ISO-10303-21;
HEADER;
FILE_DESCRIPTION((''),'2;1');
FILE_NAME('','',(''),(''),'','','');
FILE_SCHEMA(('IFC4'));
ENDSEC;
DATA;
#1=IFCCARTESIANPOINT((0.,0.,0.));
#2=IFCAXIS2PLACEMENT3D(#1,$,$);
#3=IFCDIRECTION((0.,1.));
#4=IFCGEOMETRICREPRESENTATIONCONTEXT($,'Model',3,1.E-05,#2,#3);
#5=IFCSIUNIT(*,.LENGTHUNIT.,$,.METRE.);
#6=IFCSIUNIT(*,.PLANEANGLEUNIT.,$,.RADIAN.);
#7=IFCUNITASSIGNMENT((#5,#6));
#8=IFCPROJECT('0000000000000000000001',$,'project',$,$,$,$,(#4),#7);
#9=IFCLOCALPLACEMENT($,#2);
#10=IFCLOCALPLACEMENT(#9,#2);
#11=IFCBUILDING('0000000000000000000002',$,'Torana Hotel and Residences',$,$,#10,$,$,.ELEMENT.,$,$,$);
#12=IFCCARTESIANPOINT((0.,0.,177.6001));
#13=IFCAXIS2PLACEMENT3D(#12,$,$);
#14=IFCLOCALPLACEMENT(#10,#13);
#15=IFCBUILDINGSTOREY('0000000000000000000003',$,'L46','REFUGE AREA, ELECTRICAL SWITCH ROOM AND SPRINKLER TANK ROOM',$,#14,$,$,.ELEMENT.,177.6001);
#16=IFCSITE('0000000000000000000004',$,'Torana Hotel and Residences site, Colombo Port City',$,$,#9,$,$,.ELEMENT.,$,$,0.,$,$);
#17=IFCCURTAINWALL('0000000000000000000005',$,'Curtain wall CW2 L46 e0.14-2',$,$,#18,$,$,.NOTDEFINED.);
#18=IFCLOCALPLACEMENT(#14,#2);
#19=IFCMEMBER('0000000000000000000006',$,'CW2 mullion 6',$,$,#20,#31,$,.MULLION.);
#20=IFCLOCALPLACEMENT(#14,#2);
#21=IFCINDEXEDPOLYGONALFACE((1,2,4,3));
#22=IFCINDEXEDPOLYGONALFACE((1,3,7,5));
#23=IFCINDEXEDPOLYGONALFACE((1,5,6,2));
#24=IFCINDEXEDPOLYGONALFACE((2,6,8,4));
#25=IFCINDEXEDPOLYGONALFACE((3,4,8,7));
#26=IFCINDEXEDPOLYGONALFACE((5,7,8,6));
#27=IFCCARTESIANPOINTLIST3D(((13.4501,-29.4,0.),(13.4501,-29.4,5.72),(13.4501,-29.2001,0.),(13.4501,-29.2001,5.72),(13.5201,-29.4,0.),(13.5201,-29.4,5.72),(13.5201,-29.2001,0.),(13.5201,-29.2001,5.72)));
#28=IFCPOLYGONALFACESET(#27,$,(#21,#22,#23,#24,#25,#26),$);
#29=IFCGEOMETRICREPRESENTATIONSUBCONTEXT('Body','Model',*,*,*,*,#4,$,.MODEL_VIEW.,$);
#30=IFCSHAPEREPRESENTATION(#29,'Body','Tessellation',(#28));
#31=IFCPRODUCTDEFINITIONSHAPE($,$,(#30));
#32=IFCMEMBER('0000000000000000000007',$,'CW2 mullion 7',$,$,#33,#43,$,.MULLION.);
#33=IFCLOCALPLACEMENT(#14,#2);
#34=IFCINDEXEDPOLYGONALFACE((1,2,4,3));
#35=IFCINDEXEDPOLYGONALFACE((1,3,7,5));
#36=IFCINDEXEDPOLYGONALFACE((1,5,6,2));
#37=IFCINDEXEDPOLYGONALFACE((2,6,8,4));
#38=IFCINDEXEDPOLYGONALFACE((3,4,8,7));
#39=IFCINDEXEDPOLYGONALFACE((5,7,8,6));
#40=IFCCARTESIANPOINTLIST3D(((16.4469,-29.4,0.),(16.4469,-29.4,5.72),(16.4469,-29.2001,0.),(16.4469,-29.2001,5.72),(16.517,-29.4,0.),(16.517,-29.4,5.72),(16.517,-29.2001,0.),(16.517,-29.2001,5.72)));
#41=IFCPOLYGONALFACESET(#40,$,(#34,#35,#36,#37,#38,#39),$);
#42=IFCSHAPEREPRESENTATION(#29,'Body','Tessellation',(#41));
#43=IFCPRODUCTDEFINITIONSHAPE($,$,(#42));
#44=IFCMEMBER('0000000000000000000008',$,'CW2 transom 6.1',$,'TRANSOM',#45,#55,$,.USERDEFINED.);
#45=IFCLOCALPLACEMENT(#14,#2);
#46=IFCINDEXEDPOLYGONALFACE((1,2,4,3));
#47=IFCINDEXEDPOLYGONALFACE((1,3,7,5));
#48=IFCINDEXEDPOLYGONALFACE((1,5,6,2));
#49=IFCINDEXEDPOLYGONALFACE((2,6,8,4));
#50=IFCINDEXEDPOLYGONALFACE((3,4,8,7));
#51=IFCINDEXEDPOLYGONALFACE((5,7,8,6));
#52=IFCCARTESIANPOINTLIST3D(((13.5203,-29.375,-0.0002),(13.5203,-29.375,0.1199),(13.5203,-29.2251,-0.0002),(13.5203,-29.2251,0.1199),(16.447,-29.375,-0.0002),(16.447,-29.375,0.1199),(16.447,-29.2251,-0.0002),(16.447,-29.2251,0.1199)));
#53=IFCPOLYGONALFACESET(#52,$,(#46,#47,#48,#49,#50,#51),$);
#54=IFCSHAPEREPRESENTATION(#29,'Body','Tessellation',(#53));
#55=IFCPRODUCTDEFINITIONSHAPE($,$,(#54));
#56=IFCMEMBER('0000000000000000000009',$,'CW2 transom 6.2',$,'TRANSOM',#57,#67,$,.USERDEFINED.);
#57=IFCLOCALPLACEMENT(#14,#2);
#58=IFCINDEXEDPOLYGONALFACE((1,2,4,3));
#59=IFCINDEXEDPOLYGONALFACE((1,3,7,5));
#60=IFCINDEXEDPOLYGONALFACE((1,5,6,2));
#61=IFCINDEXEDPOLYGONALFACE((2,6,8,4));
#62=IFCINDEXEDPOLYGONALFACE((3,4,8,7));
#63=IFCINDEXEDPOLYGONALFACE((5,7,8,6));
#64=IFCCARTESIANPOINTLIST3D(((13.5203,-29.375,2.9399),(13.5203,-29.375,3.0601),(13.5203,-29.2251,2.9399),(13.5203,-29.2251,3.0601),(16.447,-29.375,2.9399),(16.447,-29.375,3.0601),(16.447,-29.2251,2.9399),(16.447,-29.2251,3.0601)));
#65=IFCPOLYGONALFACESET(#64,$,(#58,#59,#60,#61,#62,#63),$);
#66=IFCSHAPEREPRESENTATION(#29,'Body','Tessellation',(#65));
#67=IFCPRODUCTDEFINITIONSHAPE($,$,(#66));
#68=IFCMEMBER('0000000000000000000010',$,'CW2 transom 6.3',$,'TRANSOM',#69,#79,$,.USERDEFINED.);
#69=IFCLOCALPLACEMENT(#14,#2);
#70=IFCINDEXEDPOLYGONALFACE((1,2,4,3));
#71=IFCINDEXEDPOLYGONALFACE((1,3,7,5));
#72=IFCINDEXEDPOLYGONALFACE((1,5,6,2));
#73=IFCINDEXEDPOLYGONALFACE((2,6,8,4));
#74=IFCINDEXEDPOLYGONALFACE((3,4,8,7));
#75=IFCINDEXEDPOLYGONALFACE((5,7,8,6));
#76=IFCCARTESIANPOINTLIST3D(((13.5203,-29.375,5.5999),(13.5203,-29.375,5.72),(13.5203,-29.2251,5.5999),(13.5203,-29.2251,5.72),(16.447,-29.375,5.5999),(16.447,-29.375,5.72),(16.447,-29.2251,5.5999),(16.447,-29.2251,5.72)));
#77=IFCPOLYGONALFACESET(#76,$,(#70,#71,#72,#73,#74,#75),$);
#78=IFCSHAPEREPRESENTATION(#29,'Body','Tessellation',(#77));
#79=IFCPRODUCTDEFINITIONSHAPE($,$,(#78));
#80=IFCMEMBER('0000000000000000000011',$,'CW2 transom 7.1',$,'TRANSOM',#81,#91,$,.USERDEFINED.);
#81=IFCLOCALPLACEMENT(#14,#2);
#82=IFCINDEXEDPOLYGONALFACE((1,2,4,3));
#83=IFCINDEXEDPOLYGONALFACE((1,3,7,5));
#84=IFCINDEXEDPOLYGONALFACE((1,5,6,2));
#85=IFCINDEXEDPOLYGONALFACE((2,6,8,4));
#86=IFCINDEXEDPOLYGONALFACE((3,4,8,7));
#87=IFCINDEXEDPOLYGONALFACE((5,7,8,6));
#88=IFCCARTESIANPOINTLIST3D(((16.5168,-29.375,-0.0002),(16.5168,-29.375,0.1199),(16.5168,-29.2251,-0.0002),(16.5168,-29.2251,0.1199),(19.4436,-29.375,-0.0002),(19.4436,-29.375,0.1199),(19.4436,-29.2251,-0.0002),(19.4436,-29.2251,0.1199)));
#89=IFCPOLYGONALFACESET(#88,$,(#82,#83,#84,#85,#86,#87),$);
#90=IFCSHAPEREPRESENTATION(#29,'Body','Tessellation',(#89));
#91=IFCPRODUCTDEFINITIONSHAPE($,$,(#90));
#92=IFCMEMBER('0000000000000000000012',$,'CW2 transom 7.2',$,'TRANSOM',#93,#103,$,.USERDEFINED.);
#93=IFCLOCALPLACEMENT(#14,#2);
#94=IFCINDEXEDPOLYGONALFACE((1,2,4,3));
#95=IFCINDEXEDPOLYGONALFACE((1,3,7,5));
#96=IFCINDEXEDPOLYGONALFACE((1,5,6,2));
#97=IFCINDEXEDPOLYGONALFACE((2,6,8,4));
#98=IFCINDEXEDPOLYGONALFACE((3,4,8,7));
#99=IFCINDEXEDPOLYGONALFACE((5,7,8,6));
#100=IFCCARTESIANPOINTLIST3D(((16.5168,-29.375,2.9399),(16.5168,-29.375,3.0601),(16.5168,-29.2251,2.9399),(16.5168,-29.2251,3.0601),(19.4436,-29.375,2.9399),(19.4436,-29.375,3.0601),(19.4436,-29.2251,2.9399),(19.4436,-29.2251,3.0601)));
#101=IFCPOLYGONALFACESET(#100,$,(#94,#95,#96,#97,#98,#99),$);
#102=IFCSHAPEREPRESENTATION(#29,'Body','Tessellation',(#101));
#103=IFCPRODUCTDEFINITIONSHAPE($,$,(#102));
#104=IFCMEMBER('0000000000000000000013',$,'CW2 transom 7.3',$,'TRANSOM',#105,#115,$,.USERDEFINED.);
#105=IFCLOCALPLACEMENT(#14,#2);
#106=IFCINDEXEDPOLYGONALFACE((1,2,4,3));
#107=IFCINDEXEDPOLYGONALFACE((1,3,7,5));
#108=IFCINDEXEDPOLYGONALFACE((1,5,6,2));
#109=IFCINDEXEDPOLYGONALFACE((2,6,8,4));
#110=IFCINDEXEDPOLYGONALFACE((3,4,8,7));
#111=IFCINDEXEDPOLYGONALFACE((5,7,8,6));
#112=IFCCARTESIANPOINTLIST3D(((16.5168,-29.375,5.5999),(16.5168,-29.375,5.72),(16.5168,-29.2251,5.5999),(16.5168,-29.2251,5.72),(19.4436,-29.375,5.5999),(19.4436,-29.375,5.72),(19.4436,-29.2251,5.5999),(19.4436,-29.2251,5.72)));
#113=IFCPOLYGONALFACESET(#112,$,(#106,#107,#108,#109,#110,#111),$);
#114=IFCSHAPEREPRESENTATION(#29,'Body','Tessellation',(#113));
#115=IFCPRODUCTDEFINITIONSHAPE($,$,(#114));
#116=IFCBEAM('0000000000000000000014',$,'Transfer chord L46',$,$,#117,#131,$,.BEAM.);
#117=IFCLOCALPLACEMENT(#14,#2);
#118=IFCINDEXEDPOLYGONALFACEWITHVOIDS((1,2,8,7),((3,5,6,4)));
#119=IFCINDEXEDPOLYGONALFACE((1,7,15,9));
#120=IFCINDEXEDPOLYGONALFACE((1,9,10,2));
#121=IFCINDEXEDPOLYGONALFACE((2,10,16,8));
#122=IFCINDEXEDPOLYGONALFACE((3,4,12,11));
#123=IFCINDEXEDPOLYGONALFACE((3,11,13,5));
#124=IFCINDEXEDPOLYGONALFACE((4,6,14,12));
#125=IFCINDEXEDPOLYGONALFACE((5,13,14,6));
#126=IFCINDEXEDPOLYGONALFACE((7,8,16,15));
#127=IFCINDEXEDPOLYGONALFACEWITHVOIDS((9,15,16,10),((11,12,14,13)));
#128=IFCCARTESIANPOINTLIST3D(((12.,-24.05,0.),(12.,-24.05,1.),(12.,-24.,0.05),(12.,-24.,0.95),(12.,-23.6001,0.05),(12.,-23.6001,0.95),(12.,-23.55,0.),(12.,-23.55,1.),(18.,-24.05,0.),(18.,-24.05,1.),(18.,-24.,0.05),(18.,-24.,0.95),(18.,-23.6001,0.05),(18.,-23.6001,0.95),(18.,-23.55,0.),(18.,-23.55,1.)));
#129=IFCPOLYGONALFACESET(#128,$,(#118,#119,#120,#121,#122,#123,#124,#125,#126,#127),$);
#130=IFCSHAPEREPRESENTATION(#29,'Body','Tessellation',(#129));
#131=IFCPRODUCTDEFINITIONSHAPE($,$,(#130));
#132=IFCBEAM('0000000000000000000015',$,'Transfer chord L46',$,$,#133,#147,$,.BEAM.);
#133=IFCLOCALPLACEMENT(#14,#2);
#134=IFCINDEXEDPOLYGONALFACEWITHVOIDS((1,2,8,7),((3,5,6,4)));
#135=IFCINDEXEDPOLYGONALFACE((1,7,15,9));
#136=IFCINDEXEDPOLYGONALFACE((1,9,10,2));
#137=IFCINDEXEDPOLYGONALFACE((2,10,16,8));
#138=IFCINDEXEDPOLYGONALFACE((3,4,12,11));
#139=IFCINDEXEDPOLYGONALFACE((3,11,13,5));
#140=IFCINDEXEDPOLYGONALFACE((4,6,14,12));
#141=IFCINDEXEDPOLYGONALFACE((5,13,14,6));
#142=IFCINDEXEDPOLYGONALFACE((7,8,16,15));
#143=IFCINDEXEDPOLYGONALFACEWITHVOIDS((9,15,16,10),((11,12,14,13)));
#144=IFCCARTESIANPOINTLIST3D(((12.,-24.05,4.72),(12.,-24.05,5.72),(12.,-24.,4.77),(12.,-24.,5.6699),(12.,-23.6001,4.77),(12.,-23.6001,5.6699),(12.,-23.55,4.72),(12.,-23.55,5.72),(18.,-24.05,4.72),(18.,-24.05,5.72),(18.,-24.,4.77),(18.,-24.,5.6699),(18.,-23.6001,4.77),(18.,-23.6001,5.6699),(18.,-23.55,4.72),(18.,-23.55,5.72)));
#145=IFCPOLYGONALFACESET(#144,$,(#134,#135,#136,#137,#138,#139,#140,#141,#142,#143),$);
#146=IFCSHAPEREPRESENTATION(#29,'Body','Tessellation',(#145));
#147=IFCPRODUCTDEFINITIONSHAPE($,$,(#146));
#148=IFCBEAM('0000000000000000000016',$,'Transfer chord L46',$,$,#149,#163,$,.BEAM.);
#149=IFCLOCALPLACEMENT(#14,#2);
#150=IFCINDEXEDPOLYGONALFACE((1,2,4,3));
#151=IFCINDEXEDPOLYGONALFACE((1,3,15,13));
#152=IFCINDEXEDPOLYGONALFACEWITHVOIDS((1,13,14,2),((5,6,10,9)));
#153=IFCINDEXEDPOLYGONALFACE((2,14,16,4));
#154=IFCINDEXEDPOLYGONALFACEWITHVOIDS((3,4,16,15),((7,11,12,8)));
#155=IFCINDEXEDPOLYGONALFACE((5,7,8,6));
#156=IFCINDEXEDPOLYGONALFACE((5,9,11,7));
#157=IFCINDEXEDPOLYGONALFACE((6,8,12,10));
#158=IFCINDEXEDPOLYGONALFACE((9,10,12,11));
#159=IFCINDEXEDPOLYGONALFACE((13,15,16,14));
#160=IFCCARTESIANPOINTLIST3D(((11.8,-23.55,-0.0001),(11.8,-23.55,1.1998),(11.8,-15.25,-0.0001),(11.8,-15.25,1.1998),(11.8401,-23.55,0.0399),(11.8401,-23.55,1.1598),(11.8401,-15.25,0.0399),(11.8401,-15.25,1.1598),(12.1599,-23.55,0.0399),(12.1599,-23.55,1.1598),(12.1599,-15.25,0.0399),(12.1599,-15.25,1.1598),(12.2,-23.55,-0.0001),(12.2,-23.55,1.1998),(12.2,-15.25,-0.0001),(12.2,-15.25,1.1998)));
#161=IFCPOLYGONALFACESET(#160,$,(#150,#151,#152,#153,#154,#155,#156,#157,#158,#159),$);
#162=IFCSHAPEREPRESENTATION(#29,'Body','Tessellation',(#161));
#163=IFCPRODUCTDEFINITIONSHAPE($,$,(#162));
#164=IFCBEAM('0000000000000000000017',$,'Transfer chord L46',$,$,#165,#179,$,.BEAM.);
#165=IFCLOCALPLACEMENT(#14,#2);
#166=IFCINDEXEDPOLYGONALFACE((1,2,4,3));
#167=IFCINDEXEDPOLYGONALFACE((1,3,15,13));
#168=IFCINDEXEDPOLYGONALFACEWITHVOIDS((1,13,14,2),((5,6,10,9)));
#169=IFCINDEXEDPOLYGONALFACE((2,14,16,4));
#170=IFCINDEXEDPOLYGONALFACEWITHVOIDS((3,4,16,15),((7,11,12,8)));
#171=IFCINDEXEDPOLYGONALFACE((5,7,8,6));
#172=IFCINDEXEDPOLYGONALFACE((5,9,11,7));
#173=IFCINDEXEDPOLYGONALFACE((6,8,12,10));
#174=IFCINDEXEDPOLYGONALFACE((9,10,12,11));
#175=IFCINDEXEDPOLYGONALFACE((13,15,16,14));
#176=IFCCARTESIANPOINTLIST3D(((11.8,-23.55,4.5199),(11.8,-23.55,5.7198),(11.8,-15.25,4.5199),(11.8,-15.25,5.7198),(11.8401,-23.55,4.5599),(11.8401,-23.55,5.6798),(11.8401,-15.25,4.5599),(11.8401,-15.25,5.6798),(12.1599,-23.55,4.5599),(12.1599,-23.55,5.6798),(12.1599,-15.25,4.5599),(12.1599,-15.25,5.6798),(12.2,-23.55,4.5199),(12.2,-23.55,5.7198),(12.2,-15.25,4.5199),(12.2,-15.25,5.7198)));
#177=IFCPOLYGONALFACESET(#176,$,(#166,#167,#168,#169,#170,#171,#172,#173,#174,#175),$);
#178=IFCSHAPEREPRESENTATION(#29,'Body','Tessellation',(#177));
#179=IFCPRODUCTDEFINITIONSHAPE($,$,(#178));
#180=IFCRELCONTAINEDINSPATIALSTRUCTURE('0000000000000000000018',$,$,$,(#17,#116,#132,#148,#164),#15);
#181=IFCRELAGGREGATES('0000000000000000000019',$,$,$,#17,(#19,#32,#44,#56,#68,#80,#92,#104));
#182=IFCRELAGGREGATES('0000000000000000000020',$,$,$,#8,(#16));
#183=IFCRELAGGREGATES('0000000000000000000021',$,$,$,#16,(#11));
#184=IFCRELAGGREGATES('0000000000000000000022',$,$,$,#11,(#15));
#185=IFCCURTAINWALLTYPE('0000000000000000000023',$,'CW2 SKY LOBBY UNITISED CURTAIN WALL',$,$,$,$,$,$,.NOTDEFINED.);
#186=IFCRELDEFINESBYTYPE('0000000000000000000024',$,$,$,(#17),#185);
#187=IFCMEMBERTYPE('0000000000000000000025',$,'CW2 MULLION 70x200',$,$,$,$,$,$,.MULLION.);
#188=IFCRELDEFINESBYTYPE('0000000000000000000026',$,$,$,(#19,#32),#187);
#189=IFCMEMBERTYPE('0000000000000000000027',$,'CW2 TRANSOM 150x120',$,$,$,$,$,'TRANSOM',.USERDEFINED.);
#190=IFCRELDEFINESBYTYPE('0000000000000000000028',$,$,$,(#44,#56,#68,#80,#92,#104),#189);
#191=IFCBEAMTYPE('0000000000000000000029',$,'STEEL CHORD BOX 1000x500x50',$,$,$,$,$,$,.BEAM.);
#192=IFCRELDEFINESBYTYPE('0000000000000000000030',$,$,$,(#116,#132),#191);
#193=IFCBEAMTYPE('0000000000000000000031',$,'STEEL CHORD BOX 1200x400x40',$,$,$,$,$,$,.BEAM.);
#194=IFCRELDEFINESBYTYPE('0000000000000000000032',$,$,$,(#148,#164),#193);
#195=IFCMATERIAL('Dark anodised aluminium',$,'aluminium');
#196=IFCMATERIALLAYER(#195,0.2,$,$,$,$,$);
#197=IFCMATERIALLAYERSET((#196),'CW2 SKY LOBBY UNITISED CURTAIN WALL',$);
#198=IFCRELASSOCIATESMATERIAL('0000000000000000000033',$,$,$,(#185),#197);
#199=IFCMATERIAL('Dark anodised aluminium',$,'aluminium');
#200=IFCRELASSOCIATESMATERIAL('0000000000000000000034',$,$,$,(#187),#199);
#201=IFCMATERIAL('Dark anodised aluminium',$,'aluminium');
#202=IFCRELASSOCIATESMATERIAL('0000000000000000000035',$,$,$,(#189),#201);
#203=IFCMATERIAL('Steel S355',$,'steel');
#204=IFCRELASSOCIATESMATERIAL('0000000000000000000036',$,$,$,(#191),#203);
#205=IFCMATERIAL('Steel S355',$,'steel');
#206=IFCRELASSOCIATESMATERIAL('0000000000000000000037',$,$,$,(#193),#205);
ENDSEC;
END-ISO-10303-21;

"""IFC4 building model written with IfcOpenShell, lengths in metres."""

from ifc_helpers import new_model, si_unit, direction, frame, origin, origin_2d, place, context, subcontext, project, spatial, rectangle, hollow_rectangle, extrude, material, layer, layer_set, material_profile, profile_set, type_object, element, aggregate, save


model = new_model("IFC4")

# Units and contexts
model_context = context("Model", 3, precision=1e-05, world=origin(), true_north=direction((0.0, 1.0)))
body_context = subcontext(model_context, "Body", "Model", "MODEL_VIEW")
ifc_project = project(units=[si_unit("LENGTHUNIT", "METRE"), si_unit("PLANEANGLEUNIT", "RADIAN")], contexts=[model_context])

# Site, building, storey
site_placement = place(None, origin())
site = spatial("IfcSite", under=ifc_project, at=site_placement, Name="Torana Hotel and Residences site, Colombo Port City", CompositionType="ELEMENT", RefElevation=0.0)
building_placement = place(site_placement, origin())
building = spatial("IfcBuilding", under=site, at=building_placement, Name="Torana Hotel and Residences", CompositionType="ELEMENT")
storey_placement = place(building_placement, frame((0.0, 0.0, 177.6001)))
storey = spatial("IfcBuildingStorey", under=building, at=storey_placement, Name="L46", Description="REFUGE AREA, ELECTRICAL SWITCH ROOM AND SPRINKLER TANK ROOM", CompositionType="ELEMENT", Elevation=177.6001)

# Curtain wall, members
ifc_material_1 = material(Name="Dark anodised aluminium", Category="aluminium")
ifc_layer_1 = layer(ifc_material_1, 0.2)
ifc_layer_set_1 = layer_set([ifc_layer_1], Name="CW2 SKY LOBBY UNITISED CURTAIN WALL")
curtain_wall_type = type_object("IfcCurtainWallType", Name="CW2 SKY LOBBY UNITISED CURTAIN WALL", PredefinedType="NOTDEFINED", material=ifc_layer_set_1)
curtain_wall_placement = place(storey_placement, origin())
curtain_wall = element("IfcCurtainWall", 1, at=curtain_wall_placement, inside=storey, type_object=curtain_wall_type, Name="Curtain wall CW2 L46 e0.14-2", PredefinedType="NOTDEFINED")
ifc_material_2 = material(Name="Dark anodised aluminium", Category="aluminium")
ifc_material_profile_1 = material_profile(ifc_material_2, rectangle(XDim=0.2, YDim=0.0701, at=origin_2d()), Name="CW2 MULLION 70x200")
ifc_profile_set_1 = profile_set([ifc_material_profile_1], Name="Dark anodised aluminium")
member_type_1 = type_object("IfcMemberType", Name="CW2 MULLION 70x200", PredefinedType="MULLION", material=ifc_profile_set_1)
member_1_placement = place(storey_placement, frame((13.4851, -29.3, 0.0), z_axis=(0.0, 0.0, 1.0), x_axis=(0.0, 1.0, 0.0)))
member_1 = element("IfcMember", 2, at=member_1_placement, type_object=member_type_1, Name="CW2 mullion 6", PredefinedType="MULLION", context=body_context, shape_type="SweptSolid", body=[
    extrude(rectangle(XDim=0.2, YDim=0.0701, at=origin_2d()), origin(), (0.0, 0.0, 1.0), 5.72),
])
member_2_placement = place(storey_placement, frame((16.4819, -29.3, 0.0), z_axis=(0.0, 0.0, 1.0), x_axis=(0.0, 1.0, 0.0)))
member_2 = element("IfcMember", 3, at=member_2_placement, type_object=member_type_1, Name="CW2 mullion 7", PredefinedType="MULLION", context=body_context, shape_type="SweptSolid", body=[
    extrude(rectangle(XDim=0.2, YDim=0.0701, at=origin_2d()), origin(), (0.0, 0.0, 1.0), 5.72),
])
ifc_material_3 = material(Name="Dark anodised aluminium", Category="aluminium")
ifc_material_profile_2 = material_profile(ifc_material_3, rectangle(XDim=0.1499, YDim=0.1201, at=origin_2d()), Name="CW2 TRANSOM 150x120")
ifc_profile_set_2 = profile_set([ifc_material_profile_2], Name="Dark anodised aluminium")
member_type_2 = type_object("IfcMemberType", Name="CW2 TRANSOM 150x120", ElementType="TRANSOM", PredefinedType="USERDEFINED", material=ifc_profile_set_2)
member_3_placement = place(storey_placement, frame((13.5203, -29.3, 0.0598), z_axis=(1.0, 0.0, 0.0), x_axis=(0.0, 1.0, 0.0)))
member_3 = element("IfcMember", 4, at=member_3_placement, type_object=member_type_2, Name="CW2 transom 6.1", ObjectType="TRANSOM", PredefinedType="USERDEFINED", context=body_context, shape_type="SweptSolid", body=[
    extrude(rectangle(XDim=0.1499, YDim=0.1201, at=origin_2d()), origin(), (0.0, 0.0, 1.0), 2.9268),
])
member_4_placement = place(storey_placement, frame((13.5203, -29.3, 3.0), z_axis=(1.0, 0.0, 0.0), x_axis=(0.0, 1.0, 0.0)))
member_4 = element("IfcMember", 5, at=member_4_placement, type_object=member_type_2, Name="CW2 transom 6.2", ObjectType="TRANSOM", PredefinedType="USERDEFINED", context=body_context, shape_type="SweptSolid", body=[
    extrude(rectangle(XDim=0.1499, YDim=0.1201, at=origin_2d()), origin(), (0.0, 0.0, 1.0), 2.9268),
])
member_5_placement = place(storey_placement, frame((13.5203, -29.3, 5.6599), z_axis=(1.0, 0.0, 0.0), x_axis=(0.0, 1.0, 0.0)))
member_5 = element("IfcMember", 6, at=member_5_placement, type_object=member_type_2, Name="CW2 transom 6.3", ObjectType="TRANSOM", PredefinedType="USERDEFINED", context=body_context, shape_type="SweptSolid", body=[
    extrude(rectangle(XDim=0.1499, YDim=0.1201, at=origin_2d()), origin(), (0.0, 0.0, 1.0), 2.9268),
])
member_6_placement = place(storey_placement, frame((16.5168, -29.3, 0.0598), z_axis=(1.0, 0.0, 0.0), x_axis=(0.0, 1.0, 0.0)))
member_6 = element("IfcMember", 7, at=member_6_placement, type_object=member_type_2, Name="CW2 transom 7.1", ObjectType="TRANSOM", PredefinedType="USERDEFINED", context=body_context, shape_type="SweptSolid", body=[
    extrude(rectangle(XDim=0.1499, YDim=0.1201, at=origin_2d()), origin(), (0.0, 0.0, 1.0), 2.9268),
])
member_7_placement = place(storey_placement, frame((16.5168, -29.3, 3.0), z_axis=(1.0, 0.0, 0.0), x_axis=(0.0, 1.0, 0.0)))
member_7 = element("IfcMember", 8, at=member_7_placement, type_object=member_type_2, Name="CW2 transom 7.2", ObjectType="TRANSOM", PredefinedType="USERDEFINED", context=body_context, shape_type="SweptSolid", body=[
    extrude(rectangle(XDim=0.1499, YDim=0.1201, at=origin_2d()), origin(), (0.0, 0.0, 1.0), 2.9268),
])
member_8_placement = place(storey_placement, frame((16.5168, -29.3, 5.6599), z_axis=(1.0, 0.0, 0.0), x_axis=(0.0, 1.0, 0.0)))
member_8 = element("IfcMember", 9, at=member_8_placement, type_object=member_type_2, Name="CW2 transom 7.3", ObjectType="TRANSOM", PredefinedType="USERDEFINED", context=body_context, shape_type="SweptSolid", body=[
    extrude(rectangle(XDim=0.1499, YDim=0.1201, at=origin_2d()), origin(), (0.0, 0.0, 1.0), 2.9268),
])

# Beams
ifc_material_4 = material(Name="Steel S355", Category="steel")
ifc_material_profile_3 = material_profile(ifc_material_4, hollow_rectangle(XDim=0.5, YDim=1.0, WallThickness=0.05, at=origin_2d()), Name="BOX 1000x500x50")
ifc_profile_set_3 = profile_set([ifc_material_profile_3], Name="Steel S355")
beam_type_1 = type_object("IfcBeamType", Name="STEEL CHORD BOX 1000x500x50", PredefinedType="BEAM", material=ifc_profile_set_3)
for number, where, z_axis, x_axis, name in (
    (10, (12.0, -23.8, 0.5), (1.0, 0.0, 0.0), (0.0, 1.0, 0.0), "Transfer chord L46"),
    (11, (12.0, -23.8, 5.22), (1.0, 0.0, 0.0), (0.0, 1.0, 0.0), "Transfer chord L46"),
):
    element("IfcBeam", number, at=place(storey_placement, frame(where, z_axis=z_axis, x_axis=x_axis)), inside=storey, type_object=beam_type_1, Name=name, PredefinedType="BEAM", context=body_context, shape_type="SweptSolid", body=[
        extrude(hollow_rectangle(XDim=0.5, YDim=1.0, WallThickness=0.05, at=origin_2d()), origin(), (0.0, 0.0, 1.0), 6.0),
    ])
ifc_material_5 = material(Name="Steel S355", Category="steel")
ifc_material_profile_4 = material_profile(ifc_material_5, hollow_rectangle(XDim=0.3999, YDim=1.2, WallThickness=0.04, at=origin_2d()), Name="BOX 1200x400x40")
ifc_profile_set_4 = profile_set([ifc_material_profile_4], Name="Steel S355")
beam_type_2 = type_object("IfcBeamType", Name="STEEL CHORD BOX 1200x400x40", PredefinedType="BEAM", material=ifc_profile_set_4)
for number, where, z_axis, x_axis, name in (
    (12, (12.0, -23.55, 0.5999), (0.0, 1.0, 0.0), (-1.0, 0.0, 0.0), "Transfer chord L46"),
    (13, (12.0, -23.55, 5.1199), (0.0, 1.0, 0.0), (-1.0, 0.0, 0.0), "Transfer chord L46"),
):
    element("IfcBeam", number, at=place(storey_placement, frame(where, z_axis=z_axis, x_axis=x_axis)), inside=storey, type_object=beam_type_2, Name=name, PredefinedType="BEAM", context=body_context, shape_type="SweptSolid", body=[
        extrude(hollow_rectangle(XDim=0.3999, YDim=1.2, WallThickness=0.04, at=origin_2d()), origin(), (0.0, 0.0, 1.0), 8.3),
    ])

aggregate(curtain_wall, [member_1, member_2, member_3, member_4, member_5, member_6, member_7, member_8])

save(model, "model.ifc")
